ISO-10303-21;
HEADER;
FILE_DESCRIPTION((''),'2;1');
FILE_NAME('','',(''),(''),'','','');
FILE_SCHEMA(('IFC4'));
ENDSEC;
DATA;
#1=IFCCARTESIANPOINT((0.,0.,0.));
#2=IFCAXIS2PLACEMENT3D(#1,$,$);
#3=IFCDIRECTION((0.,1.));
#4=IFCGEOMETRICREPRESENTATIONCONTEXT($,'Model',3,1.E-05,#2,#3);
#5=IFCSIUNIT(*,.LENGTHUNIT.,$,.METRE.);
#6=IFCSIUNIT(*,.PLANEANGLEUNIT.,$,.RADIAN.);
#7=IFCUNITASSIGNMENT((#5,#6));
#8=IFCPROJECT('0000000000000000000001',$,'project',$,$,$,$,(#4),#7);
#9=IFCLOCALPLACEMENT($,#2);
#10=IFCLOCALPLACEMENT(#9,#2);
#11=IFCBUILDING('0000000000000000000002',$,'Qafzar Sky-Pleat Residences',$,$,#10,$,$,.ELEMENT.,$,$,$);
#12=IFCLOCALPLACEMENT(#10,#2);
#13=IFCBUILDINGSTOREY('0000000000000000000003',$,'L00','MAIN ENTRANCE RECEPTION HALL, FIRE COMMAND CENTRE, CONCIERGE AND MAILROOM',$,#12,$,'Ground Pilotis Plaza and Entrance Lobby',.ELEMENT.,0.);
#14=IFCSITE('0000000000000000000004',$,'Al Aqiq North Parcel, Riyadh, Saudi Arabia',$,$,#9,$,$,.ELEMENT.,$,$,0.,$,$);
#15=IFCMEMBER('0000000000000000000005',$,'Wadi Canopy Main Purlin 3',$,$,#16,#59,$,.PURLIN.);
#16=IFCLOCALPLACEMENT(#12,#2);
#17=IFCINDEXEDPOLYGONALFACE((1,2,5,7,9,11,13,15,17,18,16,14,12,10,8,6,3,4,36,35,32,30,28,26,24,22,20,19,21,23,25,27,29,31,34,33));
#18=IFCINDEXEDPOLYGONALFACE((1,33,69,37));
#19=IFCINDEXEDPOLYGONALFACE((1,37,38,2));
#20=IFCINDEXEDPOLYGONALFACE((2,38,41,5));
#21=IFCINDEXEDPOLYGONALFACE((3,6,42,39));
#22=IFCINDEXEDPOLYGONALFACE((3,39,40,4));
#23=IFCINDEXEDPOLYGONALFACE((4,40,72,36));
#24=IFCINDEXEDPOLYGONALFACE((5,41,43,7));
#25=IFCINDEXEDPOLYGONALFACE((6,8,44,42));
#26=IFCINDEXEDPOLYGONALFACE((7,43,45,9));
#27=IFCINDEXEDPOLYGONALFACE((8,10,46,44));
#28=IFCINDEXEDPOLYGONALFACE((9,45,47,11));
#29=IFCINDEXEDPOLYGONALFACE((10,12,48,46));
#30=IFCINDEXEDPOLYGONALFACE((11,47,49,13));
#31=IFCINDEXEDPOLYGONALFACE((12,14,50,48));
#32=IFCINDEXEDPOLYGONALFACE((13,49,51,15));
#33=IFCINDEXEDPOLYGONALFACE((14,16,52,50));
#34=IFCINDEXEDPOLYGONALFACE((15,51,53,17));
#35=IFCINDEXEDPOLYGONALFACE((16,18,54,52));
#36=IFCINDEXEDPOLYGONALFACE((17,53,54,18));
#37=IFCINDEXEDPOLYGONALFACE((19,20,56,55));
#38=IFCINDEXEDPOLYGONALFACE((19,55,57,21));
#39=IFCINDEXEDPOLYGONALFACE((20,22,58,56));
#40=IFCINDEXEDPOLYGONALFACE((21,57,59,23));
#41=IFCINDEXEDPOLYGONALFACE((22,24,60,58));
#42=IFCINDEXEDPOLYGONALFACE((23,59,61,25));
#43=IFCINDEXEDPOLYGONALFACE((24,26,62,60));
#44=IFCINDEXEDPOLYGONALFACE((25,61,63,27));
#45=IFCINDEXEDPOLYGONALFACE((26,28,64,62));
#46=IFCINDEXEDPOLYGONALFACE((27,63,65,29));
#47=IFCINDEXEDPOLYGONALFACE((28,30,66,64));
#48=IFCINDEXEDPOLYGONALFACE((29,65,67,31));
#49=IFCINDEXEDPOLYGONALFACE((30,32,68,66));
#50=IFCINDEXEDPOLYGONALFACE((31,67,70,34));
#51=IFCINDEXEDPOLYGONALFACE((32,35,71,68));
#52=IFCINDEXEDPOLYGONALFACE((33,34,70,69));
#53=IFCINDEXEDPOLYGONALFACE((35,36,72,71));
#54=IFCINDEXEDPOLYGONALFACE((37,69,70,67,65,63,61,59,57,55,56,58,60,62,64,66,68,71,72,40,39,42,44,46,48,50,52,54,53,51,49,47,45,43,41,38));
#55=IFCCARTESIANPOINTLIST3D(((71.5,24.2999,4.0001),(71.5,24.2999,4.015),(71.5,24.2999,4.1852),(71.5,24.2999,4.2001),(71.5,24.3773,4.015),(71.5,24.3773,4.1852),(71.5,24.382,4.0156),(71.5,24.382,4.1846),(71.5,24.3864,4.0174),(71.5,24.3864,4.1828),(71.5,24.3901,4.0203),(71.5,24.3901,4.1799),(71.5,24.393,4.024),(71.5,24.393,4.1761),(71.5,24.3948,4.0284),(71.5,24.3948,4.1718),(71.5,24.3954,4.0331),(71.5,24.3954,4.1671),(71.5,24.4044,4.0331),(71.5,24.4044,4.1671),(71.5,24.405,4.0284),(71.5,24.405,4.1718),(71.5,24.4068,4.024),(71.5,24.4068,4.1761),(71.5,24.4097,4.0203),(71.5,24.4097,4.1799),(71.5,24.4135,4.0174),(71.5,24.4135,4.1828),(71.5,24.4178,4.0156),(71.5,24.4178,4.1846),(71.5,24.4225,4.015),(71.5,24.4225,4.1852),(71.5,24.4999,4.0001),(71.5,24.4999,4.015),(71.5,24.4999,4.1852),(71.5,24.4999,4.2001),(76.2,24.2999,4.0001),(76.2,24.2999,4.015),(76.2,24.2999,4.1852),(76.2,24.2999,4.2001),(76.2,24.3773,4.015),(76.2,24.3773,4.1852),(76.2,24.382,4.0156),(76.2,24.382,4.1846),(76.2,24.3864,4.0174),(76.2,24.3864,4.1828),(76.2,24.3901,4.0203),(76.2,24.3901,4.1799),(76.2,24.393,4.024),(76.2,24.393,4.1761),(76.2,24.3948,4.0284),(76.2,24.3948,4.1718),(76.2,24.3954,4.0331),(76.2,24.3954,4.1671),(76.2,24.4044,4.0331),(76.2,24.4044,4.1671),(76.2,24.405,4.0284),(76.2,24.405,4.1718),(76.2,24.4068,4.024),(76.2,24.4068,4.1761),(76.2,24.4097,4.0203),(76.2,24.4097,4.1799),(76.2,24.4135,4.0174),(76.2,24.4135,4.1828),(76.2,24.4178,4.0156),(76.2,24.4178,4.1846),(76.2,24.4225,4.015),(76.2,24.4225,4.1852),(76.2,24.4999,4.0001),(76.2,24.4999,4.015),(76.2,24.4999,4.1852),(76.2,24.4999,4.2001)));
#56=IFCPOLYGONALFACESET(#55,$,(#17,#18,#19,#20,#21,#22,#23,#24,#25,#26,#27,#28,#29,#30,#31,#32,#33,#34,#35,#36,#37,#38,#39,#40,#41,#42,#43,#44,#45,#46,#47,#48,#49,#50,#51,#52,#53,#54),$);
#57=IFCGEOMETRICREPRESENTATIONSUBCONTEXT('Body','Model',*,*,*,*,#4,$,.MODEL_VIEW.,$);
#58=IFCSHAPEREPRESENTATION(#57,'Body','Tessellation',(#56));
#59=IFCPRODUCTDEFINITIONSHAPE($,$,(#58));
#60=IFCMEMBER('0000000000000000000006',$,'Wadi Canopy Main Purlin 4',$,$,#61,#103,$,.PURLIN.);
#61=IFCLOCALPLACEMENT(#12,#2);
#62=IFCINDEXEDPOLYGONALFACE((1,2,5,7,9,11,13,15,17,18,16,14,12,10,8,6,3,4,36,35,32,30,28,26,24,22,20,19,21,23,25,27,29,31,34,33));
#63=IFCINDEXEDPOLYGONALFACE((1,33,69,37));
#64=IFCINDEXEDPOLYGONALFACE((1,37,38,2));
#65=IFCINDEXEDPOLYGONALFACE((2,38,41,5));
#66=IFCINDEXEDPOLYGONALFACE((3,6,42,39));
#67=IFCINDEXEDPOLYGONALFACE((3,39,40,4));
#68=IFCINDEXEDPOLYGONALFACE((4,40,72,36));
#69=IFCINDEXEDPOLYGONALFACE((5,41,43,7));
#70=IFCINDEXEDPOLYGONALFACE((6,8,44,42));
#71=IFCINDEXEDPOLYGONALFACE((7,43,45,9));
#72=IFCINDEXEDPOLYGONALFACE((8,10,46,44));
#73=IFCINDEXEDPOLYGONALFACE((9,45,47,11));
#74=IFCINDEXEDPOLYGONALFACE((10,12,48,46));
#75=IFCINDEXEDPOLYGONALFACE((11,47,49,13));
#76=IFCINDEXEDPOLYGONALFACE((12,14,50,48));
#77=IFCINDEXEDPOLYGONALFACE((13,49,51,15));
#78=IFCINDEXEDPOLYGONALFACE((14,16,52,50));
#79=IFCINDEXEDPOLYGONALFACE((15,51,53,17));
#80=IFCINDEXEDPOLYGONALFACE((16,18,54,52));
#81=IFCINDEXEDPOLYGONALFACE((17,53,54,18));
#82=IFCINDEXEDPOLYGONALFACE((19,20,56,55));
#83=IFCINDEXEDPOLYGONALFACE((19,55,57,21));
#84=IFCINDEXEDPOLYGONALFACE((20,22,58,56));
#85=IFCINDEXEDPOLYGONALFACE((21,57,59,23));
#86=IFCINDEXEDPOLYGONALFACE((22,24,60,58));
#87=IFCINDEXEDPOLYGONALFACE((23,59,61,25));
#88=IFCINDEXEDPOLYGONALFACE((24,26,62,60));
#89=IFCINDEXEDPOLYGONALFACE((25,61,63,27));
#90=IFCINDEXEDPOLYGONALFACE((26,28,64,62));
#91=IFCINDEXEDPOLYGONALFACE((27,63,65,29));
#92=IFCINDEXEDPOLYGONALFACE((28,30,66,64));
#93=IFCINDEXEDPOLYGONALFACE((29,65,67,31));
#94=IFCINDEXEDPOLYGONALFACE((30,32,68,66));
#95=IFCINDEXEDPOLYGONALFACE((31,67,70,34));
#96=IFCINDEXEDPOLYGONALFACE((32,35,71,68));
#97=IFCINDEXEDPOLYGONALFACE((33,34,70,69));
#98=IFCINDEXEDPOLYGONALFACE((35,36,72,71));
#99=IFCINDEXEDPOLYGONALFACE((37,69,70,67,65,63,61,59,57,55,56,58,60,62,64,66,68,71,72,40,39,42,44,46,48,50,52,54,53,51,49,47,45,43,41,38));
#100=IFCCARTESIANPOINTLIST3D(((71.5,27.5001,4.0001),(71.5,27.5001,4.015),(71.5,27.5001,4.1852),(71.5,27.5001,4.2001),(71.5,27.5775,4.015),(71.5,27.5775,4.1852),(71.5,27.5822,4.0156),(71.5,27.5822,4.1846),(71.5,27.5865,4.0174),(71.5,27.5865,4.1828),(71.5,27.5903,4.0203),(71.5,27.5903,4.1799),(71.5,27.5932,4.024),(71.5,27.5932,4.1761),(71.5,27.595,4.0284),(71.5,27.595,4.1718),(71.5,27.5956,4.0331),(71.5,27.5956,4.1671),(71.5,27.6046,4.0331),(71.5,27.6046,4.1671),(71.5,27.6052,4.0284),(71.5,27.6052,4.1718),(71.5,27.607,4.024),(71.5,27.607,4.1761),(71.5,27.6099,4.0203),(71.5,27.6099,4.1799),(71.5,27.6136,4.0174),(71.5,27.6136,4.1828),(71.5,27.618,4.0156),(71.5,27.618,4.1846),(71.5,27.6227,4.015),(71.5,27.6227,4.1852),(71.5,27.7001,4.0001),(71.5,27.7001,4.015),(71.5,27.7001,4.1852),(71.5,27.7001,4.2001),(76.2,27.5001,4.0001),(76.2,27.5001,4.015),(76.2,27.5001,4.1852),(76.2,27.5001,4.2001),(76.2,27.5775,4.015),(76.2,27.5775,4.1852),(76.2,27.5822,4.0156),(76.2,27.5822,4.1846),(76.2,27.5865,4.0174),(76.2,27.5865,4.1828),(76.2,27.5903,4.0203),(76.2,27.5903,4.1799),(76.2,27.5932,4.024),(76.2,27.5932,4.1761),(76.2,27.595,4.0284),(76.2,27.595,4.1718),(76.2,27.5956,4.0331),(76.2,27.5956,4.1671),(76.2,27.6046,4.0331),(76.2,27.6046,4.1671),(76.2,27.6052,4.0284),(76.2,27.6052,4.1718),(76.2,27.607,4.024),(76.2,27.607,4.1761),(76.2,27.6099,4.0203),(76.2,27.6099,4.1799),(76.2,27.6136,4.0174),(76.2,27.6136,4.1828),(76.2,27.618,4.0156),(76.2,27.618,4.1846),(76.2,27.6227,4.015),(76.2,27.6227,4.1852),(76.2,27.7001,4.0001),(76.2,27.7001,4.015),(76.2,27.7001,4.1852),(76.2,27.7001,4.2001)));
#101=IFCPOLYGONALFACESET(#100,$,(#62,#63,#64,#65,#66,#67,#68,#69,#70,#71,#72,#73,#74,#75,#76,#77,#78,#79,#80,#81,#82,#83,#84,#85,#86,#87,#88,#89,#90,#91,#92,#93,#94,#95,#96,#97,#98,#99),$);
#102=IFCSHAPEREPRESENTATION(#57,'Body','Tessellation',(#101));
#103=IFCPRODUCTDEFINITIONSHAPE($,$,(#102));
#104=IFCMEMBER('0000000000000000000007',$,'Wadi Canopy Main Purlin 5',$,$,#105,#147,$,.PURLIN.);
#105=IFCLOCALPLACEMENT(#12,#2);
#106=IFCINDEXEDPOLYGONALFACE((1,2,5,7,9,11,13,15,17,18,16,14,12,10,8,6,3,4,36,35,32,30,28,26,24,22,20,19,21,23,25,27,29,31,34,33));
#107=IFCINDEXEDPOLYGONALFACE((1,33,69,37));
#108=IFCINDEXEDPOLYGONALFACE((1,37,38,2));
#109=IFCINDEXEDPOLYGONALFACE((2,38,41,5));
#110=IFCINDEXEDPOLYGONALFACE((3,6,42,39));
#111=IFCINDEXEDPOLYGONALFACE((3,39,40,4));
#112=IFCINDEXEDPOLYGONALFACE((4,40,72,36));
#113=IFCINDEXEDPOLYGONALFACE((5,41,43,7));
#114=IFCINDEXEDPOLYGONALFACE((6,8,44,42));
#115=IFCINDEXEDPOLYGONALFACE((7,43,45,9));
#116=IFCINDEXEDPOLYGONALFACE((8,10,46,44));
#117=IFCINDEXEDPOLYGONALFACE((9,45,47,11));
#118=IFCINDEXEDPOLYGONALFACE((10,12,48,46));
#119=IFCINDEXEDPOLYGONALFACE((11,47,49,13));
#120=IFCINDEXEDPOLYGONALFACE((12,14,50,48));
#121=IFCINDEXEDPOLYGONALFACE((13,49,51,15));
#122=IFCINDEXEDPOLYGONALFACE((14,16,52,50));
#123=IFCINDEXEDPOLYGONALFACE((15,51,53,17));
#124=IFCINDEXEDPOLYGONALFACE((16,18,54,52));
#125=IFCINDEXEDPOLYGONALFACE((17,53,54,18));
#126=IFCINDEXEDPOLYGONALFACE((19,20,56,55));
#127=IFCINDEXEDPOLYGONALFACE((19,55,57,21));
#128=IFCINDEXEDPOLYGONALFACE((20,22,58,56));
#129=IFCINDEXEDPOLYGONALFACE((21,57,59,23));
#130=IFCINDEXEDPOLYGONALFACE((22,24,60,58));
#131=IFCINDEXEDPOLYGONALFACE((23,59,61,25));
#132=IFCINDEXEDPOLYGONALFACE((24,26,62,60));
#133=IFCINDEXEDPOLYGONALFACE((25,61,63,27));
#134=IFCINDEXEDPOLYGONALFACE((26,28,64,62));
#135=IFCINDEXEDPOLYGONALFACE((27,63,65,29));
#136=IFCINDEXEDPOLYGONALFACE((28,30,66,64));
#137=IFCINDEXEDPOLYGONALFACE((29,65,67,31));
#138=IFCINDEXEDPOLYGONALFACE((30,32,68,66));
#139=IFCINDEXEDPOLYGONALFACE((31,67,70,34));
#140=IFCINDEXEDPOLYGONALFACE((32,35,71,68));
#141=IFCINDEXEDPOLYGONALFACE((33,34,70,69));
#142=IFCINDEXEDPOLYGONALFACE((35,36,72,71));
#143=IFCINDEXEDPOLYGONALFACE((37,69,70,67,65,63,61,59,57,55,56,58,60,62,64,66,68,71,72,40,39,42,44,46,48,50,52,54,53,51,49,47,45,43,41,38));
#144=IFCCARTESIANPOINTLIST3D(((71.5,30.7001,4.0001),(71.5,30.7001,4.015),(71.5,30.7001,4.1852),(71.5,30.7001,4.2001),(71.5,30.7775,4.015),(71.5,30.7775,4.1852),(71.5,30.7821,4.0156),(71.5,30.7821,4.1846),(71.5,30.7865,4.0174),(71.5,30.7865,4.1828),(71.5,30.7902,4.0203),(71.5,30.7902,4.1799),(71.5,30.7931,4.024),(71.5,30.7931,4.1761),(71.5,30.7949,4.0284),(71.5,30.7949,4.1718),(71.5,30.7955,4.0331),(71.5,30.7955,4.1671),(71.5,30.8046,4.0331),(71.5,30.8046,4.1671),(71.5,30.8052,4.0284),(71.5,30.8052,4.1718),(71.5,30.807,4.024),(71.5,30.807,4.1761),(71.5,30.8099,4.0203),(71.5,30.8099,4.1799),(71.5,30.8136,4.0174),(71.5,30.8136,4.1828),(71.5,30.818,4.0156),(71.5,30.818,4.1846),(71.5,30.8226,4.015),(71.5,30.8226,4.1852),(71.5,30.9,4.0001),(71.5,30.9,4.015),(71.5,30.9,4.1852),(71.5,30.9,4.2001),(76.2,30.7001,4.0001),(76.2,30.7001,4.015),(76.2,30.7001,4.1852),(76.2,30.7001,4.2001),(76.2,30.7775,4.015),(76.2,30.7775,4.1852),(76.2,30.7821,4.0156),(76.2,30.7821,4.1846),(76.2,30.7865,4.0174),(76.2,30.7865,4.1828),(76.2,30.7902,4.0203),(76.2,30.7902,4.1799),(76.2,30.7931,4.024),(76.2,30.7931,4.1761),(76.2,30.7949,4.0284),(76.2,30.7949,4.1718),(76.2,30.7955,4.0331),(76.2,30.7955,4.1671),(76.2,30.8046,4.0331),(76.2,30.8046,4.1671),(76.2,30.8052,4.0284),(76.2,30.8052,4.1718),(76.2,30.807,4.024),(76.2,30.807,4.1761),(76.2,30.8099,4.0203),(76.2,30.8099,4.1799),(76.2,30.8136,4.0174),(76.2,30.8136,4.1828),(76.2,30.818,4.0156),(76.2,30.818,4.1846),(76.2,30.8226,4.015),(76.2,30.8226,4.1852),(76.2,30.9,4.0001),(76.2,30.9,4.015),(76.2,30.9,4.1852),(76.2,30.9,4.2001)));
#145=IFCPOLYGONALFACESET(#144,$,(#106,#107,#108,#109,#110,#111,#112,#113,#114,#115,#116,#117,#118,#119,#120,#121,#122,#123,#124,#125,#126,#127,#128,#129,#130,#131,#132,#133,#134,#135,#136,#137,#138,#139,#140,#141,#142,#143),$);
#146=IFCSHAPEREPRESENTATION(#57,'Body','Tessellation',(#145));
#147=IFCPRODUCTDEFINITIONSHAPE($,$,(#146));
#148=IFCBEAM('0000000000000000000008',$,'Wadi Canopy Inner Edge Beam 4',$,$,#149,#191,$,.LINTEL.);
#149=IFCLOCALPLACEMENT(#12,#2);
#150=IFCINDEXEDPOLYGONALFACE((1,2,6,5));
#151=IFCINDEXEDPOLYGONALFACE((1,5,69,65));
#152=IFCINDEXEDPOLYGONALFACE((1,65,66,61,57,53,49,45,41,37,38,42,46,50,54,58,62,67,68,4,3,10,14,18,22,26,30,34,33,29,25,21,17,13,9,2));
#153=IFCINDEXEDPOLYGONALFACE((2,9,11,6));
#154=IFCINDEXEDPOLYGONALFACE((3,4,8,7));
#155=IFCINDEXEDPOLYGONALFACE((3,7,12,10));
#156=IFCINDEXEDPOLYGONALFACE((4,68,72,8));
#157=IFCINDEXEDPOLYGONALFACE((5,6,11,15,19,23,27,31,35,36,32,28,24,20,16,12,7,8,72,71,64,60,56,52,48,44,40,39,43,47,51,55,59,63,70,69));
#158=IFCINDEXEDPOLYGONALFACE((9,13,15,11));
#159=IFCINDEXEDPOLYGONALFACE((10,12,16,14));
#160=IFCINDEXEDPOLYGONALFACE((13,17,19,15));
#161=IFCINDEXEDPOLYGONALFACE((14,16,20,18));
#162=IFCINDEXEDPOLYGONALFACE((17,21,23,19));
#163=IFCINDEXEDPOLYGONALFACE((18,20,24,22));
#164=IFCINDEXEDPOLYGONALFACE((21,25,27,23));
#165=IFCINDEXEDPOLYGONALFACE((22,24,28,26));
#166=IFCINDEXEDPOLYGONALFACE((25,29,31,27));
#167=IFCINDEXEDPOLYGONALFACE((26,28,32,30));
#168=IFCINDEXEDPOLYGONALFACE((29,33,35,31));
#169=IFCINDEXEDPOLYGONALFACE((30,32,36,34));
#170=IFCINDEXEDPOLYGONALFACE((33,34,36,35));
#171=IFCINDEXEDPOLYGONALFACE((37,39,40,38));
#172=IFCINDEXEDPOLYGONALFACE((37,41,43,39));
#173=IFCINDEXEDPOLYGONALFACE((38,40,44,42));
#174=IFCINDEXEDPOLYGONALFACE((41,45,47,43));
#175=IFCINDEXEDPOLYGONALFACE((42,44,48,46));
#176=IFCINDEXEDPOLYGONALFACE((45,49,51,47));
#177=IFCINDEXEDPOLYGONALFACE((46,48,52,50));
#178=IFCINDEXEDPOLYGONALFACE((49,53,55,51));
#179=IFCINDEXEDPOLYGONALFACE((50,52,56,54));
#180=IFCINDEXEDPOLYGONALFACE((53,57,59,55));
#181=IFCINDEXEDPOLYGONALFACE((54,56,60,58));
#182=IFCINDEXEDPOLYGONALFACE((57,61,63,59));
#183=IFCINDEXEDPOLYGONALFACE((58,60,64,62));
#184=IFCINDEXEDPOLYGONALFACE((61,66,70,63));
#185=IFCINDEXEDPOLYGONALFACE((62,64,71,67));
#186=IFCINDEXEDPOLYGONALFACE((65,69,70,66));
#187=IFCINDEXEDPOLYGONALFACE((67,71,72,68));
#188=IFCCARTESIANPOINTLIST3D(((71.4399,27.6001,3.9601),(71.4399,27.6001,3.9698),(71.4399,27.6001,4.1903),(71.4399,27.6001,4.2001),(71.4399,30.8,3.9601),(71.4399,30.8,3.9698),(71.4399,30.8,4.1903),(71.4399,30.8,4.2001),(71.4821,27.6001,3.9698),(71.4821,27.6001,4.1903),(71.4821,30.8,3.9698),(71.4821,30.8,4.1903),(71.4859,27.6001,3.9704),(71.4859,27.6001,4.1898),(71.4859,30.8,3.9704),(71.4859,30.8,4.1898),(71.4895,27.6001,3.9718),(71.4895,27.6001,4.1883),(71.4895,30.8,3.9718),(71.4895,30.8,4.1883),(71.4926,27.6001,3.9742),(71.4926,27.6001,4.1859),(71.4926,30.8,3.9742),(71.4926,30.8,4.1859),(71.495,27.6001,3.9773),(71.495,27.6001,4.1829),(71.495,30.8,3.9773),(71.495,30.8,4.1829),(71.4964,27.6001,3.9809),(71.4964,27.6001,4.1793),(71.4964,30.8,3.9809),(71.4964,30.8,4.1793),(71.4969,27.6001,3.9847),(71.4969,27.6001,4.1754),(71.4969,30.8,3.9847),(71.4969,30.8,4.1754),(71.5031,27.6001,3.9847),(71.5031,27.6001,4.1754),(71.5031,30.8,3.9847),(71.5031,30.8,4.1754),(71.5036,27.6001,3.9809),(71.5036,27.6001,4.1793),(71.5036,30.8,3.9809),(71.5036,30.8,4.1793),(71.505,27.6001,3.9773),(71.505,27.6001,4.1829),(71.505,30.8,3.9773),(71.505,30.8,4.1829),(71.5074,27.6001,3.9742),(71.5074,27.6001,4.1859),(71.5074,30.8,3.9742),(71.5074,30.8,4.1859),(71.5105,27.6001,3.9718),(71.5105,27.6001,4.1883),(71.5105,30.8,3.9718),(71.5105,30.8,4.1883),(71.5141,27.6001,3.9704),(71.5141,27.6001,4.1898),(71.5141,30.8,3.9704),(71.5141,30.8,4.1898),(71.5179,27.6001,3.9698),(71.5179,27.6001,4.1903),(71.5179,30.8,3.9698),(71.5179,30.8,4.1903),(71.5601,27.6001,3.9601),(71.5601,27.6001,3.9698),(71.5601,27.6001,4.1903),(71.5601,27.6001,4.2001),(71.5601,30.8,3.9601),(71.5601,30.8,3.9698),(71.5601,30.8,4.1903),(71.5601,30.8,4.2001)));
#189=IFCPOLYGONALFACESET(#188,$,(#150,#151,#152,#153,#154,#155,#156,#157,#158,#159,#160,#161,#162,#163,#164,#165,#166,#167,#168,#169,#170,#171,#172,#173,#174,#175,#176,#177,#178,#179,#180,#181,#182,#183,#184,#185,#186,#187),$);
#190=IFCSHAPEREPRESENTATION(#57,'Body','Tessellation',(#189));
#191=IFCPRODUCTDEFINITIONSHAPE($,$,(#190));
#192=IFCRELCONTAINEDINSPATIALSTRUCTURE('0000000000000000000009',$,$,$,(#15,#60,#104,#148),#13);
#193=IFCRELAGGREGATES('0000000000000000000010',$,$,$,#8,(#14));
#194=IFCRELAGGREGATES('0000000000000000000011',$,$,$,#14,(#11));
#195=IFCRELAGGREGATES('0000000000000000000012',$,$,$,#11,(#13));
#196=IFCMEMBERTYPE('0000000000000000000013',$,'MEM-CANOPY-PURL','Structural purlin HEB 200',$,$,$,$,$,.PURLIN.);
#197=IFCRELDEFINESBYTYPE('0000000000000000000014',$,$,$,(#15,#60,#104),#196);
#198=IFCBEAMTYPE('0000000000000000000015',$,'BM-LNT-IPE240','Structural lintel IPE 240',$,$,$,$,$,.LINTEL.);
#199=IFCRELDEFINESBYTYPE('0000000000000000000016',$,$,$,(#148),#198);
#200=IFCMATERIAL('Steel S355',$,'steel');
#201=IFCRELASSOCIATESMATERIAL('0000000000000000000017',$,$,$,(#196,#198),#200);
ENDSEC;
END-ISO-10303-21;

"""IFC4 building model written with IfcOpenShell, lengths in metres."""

from ifc_helpers import new_model, si_unit, direction, frame, origin, origin_2d, place, context, subcontext, project, spatial, i_section, extrude, source, transform, mapped, material, material_profile, profile_set, type_object, element, save


model = new_model("IFC4")

# Units and contexts
model_context = context("Model", 3, precision=1e-05, world=origin(), true_north=direction((0.0, 1.0)))
body_context = subcontext(model_context, "Body", "Model", "MODEL_VIEW")
ifc_project = project(units=[si_unit("LENGTHUNIT", "METRE"), si_unit("PLANEANGLEUNIT", "RADIAN")], contexts=[model_context])

# Site, building, storey
site_placement = place(None, origin())
site = spatial("IfcSite", under=ifc_project, at=site_placement, Name="Al Aqiq North Parcel, Riyadh, Saudi Arabia", CompositionType="ELEMENT", RefElevation=0.0)
building_placement = place(site_placement, origin())
building = spatial("IfcBuilding", under=site, at=building_placement, Name="Qafzar Sky-Pleat Residences", CompositionType="ELEMENT")
storey_placement = place(building_placement, origin())
storey = spatial("IfcBuildingStorey", under=building, at=storey_placement, Name="L00", Description="MAIN ENTRANCE RECEPTION HALL, FIRE COMMAND CENTRE, CONCIERGE AND MAILROOM", LongName="Ground Pilotis Plaza and Entrance Lobby", CompositionType="ELEMENT", Elevation=0.0)

# Shared definitions
ifc_material_1 = material(Name="Steel S355", Category="steel")

# Members
ifc_material_profile_1 = material_profile(ifc_material_1, i_section(OverallWidth=0.2, OverallDepth=0.2, WebThickness=0.009, FlangeThickness=0.0149, FilletRadius=0.0181, at=origin_2d()), Name="HEB 200")
ifc_profile_set_1 = profile_set([ifc_material_profile_1], Name="Steel S355")
member_type_1 = type_object("IfcMemberType", Name="MEM-CANOPY-PURL", Description="Structural purlin HEB 200", PredefinedType="PURLIN", material=ifc_profile_set_1)
shared_shape_1 = source(origin(), body_context, "Body", "SweptSolid", [
    extrude(i_section(OverallWidth=0.2, OverallDepth=0.2, WebThickness=0.009, FlangeThickness=0.0149, FilletRadius=0.0181, at=origin_2d()), origin(), (0.0, 0.0, 1.0), 4.7),
])
for number, where, z_axis, x_axis, name in (
    (1, (71.5, 24.3999, 4.1001), (1.0, 0.0, 0.0), (0.0, 1.0, 0.0), "Wadi Canopy Main Purlin 3"),
    (2, (71.5, 27.6001, 4.1001), (1.0, 0.0, 0.0), (0.0, 1.0, 0.0), "Wadi Canopy Main Purlin 4"),
    (3, (71.5, 30.8, 4.1001), (1.0, 0.0, 0.0), (0.0, 1.0, 0.0), "Wadi Canopy Main Purlin 5"),
):
    element("IfcMember", number, at=place(storey_placement, frame(where, z_axis=z_axis, x_axis=x_axis)), inside=storey, type_object=member_type_1, Name=name, PredefinedType="PURLIN", context=body_context, shape_type="MappedRepresentation", body=[
        mapped(shared_shape_1, transform((0.0, 0.0, 0.0), x_axis=(1.0, 0.0, 0.0), y_axis=(0.0, 1.0, 0.0), z_axis=(0.0, 0.0, 1.0), scale=1.0)),
    ])

# Beam
ifc_material_profile_2 = material_profile(ifc_material_1, i_section(OverallWidth=0.1201, OverallDepth=0.24, WebThickness=0.0061, FlangeThickness=0.0098, FilletRadius=0.0149, at=origin_2d()), Name="IPE 240")
ifc_profile_set_2 = profile_set([ifc_material_profile_2], Name="Steel S355")
beam_type = type_object("IfcBeamType", Name="BM-LNT-IPE240", Description="Structural lintel IPE 240", PredefinedType="LINTEL", material=ifc_profile_set_2)
shared_shape_2 = source(origin(), body_context, "Body", "SweptSolid", [
    extrude(i_section(OverallWidth=0.1201, OverallDepth=0.24, WebThickness=0.0061, FlangeThickness=0.0098, FilletRadius=0.0149, at=origin_2d()), origin(), (0.0, 0.0, 1.0), 3.2),
])
for number, where, z_axis, x_axis, name in (
    (4, (71.5, 27.6001, 4.0801), (0.0, 1.0, 0.0), (-1.0, 0.0, 0.0), "Wadi Canopy Inner Edge Beam 4"),
):
    element("IfcBeam", number, at=place(storey_placement, frame(where, z_axis=z_axis, x_axis=x_axis)), inside=storey, type_object=beam_type, Name=name, PredefinedType="LINTEL", context=body_context, shape_type="MappedRepresentation", body=[
        mapped(shared_shape_2, transform((0.0, 0.0, 0.0), x_axis=(1.0, 0.0, 0.0), y_axis=(0.0, 1.0, 0.0), z_axis=(0.0, 0.0, 1.0), scale=1.0)),
    ])

save(model, "model.ifc")
